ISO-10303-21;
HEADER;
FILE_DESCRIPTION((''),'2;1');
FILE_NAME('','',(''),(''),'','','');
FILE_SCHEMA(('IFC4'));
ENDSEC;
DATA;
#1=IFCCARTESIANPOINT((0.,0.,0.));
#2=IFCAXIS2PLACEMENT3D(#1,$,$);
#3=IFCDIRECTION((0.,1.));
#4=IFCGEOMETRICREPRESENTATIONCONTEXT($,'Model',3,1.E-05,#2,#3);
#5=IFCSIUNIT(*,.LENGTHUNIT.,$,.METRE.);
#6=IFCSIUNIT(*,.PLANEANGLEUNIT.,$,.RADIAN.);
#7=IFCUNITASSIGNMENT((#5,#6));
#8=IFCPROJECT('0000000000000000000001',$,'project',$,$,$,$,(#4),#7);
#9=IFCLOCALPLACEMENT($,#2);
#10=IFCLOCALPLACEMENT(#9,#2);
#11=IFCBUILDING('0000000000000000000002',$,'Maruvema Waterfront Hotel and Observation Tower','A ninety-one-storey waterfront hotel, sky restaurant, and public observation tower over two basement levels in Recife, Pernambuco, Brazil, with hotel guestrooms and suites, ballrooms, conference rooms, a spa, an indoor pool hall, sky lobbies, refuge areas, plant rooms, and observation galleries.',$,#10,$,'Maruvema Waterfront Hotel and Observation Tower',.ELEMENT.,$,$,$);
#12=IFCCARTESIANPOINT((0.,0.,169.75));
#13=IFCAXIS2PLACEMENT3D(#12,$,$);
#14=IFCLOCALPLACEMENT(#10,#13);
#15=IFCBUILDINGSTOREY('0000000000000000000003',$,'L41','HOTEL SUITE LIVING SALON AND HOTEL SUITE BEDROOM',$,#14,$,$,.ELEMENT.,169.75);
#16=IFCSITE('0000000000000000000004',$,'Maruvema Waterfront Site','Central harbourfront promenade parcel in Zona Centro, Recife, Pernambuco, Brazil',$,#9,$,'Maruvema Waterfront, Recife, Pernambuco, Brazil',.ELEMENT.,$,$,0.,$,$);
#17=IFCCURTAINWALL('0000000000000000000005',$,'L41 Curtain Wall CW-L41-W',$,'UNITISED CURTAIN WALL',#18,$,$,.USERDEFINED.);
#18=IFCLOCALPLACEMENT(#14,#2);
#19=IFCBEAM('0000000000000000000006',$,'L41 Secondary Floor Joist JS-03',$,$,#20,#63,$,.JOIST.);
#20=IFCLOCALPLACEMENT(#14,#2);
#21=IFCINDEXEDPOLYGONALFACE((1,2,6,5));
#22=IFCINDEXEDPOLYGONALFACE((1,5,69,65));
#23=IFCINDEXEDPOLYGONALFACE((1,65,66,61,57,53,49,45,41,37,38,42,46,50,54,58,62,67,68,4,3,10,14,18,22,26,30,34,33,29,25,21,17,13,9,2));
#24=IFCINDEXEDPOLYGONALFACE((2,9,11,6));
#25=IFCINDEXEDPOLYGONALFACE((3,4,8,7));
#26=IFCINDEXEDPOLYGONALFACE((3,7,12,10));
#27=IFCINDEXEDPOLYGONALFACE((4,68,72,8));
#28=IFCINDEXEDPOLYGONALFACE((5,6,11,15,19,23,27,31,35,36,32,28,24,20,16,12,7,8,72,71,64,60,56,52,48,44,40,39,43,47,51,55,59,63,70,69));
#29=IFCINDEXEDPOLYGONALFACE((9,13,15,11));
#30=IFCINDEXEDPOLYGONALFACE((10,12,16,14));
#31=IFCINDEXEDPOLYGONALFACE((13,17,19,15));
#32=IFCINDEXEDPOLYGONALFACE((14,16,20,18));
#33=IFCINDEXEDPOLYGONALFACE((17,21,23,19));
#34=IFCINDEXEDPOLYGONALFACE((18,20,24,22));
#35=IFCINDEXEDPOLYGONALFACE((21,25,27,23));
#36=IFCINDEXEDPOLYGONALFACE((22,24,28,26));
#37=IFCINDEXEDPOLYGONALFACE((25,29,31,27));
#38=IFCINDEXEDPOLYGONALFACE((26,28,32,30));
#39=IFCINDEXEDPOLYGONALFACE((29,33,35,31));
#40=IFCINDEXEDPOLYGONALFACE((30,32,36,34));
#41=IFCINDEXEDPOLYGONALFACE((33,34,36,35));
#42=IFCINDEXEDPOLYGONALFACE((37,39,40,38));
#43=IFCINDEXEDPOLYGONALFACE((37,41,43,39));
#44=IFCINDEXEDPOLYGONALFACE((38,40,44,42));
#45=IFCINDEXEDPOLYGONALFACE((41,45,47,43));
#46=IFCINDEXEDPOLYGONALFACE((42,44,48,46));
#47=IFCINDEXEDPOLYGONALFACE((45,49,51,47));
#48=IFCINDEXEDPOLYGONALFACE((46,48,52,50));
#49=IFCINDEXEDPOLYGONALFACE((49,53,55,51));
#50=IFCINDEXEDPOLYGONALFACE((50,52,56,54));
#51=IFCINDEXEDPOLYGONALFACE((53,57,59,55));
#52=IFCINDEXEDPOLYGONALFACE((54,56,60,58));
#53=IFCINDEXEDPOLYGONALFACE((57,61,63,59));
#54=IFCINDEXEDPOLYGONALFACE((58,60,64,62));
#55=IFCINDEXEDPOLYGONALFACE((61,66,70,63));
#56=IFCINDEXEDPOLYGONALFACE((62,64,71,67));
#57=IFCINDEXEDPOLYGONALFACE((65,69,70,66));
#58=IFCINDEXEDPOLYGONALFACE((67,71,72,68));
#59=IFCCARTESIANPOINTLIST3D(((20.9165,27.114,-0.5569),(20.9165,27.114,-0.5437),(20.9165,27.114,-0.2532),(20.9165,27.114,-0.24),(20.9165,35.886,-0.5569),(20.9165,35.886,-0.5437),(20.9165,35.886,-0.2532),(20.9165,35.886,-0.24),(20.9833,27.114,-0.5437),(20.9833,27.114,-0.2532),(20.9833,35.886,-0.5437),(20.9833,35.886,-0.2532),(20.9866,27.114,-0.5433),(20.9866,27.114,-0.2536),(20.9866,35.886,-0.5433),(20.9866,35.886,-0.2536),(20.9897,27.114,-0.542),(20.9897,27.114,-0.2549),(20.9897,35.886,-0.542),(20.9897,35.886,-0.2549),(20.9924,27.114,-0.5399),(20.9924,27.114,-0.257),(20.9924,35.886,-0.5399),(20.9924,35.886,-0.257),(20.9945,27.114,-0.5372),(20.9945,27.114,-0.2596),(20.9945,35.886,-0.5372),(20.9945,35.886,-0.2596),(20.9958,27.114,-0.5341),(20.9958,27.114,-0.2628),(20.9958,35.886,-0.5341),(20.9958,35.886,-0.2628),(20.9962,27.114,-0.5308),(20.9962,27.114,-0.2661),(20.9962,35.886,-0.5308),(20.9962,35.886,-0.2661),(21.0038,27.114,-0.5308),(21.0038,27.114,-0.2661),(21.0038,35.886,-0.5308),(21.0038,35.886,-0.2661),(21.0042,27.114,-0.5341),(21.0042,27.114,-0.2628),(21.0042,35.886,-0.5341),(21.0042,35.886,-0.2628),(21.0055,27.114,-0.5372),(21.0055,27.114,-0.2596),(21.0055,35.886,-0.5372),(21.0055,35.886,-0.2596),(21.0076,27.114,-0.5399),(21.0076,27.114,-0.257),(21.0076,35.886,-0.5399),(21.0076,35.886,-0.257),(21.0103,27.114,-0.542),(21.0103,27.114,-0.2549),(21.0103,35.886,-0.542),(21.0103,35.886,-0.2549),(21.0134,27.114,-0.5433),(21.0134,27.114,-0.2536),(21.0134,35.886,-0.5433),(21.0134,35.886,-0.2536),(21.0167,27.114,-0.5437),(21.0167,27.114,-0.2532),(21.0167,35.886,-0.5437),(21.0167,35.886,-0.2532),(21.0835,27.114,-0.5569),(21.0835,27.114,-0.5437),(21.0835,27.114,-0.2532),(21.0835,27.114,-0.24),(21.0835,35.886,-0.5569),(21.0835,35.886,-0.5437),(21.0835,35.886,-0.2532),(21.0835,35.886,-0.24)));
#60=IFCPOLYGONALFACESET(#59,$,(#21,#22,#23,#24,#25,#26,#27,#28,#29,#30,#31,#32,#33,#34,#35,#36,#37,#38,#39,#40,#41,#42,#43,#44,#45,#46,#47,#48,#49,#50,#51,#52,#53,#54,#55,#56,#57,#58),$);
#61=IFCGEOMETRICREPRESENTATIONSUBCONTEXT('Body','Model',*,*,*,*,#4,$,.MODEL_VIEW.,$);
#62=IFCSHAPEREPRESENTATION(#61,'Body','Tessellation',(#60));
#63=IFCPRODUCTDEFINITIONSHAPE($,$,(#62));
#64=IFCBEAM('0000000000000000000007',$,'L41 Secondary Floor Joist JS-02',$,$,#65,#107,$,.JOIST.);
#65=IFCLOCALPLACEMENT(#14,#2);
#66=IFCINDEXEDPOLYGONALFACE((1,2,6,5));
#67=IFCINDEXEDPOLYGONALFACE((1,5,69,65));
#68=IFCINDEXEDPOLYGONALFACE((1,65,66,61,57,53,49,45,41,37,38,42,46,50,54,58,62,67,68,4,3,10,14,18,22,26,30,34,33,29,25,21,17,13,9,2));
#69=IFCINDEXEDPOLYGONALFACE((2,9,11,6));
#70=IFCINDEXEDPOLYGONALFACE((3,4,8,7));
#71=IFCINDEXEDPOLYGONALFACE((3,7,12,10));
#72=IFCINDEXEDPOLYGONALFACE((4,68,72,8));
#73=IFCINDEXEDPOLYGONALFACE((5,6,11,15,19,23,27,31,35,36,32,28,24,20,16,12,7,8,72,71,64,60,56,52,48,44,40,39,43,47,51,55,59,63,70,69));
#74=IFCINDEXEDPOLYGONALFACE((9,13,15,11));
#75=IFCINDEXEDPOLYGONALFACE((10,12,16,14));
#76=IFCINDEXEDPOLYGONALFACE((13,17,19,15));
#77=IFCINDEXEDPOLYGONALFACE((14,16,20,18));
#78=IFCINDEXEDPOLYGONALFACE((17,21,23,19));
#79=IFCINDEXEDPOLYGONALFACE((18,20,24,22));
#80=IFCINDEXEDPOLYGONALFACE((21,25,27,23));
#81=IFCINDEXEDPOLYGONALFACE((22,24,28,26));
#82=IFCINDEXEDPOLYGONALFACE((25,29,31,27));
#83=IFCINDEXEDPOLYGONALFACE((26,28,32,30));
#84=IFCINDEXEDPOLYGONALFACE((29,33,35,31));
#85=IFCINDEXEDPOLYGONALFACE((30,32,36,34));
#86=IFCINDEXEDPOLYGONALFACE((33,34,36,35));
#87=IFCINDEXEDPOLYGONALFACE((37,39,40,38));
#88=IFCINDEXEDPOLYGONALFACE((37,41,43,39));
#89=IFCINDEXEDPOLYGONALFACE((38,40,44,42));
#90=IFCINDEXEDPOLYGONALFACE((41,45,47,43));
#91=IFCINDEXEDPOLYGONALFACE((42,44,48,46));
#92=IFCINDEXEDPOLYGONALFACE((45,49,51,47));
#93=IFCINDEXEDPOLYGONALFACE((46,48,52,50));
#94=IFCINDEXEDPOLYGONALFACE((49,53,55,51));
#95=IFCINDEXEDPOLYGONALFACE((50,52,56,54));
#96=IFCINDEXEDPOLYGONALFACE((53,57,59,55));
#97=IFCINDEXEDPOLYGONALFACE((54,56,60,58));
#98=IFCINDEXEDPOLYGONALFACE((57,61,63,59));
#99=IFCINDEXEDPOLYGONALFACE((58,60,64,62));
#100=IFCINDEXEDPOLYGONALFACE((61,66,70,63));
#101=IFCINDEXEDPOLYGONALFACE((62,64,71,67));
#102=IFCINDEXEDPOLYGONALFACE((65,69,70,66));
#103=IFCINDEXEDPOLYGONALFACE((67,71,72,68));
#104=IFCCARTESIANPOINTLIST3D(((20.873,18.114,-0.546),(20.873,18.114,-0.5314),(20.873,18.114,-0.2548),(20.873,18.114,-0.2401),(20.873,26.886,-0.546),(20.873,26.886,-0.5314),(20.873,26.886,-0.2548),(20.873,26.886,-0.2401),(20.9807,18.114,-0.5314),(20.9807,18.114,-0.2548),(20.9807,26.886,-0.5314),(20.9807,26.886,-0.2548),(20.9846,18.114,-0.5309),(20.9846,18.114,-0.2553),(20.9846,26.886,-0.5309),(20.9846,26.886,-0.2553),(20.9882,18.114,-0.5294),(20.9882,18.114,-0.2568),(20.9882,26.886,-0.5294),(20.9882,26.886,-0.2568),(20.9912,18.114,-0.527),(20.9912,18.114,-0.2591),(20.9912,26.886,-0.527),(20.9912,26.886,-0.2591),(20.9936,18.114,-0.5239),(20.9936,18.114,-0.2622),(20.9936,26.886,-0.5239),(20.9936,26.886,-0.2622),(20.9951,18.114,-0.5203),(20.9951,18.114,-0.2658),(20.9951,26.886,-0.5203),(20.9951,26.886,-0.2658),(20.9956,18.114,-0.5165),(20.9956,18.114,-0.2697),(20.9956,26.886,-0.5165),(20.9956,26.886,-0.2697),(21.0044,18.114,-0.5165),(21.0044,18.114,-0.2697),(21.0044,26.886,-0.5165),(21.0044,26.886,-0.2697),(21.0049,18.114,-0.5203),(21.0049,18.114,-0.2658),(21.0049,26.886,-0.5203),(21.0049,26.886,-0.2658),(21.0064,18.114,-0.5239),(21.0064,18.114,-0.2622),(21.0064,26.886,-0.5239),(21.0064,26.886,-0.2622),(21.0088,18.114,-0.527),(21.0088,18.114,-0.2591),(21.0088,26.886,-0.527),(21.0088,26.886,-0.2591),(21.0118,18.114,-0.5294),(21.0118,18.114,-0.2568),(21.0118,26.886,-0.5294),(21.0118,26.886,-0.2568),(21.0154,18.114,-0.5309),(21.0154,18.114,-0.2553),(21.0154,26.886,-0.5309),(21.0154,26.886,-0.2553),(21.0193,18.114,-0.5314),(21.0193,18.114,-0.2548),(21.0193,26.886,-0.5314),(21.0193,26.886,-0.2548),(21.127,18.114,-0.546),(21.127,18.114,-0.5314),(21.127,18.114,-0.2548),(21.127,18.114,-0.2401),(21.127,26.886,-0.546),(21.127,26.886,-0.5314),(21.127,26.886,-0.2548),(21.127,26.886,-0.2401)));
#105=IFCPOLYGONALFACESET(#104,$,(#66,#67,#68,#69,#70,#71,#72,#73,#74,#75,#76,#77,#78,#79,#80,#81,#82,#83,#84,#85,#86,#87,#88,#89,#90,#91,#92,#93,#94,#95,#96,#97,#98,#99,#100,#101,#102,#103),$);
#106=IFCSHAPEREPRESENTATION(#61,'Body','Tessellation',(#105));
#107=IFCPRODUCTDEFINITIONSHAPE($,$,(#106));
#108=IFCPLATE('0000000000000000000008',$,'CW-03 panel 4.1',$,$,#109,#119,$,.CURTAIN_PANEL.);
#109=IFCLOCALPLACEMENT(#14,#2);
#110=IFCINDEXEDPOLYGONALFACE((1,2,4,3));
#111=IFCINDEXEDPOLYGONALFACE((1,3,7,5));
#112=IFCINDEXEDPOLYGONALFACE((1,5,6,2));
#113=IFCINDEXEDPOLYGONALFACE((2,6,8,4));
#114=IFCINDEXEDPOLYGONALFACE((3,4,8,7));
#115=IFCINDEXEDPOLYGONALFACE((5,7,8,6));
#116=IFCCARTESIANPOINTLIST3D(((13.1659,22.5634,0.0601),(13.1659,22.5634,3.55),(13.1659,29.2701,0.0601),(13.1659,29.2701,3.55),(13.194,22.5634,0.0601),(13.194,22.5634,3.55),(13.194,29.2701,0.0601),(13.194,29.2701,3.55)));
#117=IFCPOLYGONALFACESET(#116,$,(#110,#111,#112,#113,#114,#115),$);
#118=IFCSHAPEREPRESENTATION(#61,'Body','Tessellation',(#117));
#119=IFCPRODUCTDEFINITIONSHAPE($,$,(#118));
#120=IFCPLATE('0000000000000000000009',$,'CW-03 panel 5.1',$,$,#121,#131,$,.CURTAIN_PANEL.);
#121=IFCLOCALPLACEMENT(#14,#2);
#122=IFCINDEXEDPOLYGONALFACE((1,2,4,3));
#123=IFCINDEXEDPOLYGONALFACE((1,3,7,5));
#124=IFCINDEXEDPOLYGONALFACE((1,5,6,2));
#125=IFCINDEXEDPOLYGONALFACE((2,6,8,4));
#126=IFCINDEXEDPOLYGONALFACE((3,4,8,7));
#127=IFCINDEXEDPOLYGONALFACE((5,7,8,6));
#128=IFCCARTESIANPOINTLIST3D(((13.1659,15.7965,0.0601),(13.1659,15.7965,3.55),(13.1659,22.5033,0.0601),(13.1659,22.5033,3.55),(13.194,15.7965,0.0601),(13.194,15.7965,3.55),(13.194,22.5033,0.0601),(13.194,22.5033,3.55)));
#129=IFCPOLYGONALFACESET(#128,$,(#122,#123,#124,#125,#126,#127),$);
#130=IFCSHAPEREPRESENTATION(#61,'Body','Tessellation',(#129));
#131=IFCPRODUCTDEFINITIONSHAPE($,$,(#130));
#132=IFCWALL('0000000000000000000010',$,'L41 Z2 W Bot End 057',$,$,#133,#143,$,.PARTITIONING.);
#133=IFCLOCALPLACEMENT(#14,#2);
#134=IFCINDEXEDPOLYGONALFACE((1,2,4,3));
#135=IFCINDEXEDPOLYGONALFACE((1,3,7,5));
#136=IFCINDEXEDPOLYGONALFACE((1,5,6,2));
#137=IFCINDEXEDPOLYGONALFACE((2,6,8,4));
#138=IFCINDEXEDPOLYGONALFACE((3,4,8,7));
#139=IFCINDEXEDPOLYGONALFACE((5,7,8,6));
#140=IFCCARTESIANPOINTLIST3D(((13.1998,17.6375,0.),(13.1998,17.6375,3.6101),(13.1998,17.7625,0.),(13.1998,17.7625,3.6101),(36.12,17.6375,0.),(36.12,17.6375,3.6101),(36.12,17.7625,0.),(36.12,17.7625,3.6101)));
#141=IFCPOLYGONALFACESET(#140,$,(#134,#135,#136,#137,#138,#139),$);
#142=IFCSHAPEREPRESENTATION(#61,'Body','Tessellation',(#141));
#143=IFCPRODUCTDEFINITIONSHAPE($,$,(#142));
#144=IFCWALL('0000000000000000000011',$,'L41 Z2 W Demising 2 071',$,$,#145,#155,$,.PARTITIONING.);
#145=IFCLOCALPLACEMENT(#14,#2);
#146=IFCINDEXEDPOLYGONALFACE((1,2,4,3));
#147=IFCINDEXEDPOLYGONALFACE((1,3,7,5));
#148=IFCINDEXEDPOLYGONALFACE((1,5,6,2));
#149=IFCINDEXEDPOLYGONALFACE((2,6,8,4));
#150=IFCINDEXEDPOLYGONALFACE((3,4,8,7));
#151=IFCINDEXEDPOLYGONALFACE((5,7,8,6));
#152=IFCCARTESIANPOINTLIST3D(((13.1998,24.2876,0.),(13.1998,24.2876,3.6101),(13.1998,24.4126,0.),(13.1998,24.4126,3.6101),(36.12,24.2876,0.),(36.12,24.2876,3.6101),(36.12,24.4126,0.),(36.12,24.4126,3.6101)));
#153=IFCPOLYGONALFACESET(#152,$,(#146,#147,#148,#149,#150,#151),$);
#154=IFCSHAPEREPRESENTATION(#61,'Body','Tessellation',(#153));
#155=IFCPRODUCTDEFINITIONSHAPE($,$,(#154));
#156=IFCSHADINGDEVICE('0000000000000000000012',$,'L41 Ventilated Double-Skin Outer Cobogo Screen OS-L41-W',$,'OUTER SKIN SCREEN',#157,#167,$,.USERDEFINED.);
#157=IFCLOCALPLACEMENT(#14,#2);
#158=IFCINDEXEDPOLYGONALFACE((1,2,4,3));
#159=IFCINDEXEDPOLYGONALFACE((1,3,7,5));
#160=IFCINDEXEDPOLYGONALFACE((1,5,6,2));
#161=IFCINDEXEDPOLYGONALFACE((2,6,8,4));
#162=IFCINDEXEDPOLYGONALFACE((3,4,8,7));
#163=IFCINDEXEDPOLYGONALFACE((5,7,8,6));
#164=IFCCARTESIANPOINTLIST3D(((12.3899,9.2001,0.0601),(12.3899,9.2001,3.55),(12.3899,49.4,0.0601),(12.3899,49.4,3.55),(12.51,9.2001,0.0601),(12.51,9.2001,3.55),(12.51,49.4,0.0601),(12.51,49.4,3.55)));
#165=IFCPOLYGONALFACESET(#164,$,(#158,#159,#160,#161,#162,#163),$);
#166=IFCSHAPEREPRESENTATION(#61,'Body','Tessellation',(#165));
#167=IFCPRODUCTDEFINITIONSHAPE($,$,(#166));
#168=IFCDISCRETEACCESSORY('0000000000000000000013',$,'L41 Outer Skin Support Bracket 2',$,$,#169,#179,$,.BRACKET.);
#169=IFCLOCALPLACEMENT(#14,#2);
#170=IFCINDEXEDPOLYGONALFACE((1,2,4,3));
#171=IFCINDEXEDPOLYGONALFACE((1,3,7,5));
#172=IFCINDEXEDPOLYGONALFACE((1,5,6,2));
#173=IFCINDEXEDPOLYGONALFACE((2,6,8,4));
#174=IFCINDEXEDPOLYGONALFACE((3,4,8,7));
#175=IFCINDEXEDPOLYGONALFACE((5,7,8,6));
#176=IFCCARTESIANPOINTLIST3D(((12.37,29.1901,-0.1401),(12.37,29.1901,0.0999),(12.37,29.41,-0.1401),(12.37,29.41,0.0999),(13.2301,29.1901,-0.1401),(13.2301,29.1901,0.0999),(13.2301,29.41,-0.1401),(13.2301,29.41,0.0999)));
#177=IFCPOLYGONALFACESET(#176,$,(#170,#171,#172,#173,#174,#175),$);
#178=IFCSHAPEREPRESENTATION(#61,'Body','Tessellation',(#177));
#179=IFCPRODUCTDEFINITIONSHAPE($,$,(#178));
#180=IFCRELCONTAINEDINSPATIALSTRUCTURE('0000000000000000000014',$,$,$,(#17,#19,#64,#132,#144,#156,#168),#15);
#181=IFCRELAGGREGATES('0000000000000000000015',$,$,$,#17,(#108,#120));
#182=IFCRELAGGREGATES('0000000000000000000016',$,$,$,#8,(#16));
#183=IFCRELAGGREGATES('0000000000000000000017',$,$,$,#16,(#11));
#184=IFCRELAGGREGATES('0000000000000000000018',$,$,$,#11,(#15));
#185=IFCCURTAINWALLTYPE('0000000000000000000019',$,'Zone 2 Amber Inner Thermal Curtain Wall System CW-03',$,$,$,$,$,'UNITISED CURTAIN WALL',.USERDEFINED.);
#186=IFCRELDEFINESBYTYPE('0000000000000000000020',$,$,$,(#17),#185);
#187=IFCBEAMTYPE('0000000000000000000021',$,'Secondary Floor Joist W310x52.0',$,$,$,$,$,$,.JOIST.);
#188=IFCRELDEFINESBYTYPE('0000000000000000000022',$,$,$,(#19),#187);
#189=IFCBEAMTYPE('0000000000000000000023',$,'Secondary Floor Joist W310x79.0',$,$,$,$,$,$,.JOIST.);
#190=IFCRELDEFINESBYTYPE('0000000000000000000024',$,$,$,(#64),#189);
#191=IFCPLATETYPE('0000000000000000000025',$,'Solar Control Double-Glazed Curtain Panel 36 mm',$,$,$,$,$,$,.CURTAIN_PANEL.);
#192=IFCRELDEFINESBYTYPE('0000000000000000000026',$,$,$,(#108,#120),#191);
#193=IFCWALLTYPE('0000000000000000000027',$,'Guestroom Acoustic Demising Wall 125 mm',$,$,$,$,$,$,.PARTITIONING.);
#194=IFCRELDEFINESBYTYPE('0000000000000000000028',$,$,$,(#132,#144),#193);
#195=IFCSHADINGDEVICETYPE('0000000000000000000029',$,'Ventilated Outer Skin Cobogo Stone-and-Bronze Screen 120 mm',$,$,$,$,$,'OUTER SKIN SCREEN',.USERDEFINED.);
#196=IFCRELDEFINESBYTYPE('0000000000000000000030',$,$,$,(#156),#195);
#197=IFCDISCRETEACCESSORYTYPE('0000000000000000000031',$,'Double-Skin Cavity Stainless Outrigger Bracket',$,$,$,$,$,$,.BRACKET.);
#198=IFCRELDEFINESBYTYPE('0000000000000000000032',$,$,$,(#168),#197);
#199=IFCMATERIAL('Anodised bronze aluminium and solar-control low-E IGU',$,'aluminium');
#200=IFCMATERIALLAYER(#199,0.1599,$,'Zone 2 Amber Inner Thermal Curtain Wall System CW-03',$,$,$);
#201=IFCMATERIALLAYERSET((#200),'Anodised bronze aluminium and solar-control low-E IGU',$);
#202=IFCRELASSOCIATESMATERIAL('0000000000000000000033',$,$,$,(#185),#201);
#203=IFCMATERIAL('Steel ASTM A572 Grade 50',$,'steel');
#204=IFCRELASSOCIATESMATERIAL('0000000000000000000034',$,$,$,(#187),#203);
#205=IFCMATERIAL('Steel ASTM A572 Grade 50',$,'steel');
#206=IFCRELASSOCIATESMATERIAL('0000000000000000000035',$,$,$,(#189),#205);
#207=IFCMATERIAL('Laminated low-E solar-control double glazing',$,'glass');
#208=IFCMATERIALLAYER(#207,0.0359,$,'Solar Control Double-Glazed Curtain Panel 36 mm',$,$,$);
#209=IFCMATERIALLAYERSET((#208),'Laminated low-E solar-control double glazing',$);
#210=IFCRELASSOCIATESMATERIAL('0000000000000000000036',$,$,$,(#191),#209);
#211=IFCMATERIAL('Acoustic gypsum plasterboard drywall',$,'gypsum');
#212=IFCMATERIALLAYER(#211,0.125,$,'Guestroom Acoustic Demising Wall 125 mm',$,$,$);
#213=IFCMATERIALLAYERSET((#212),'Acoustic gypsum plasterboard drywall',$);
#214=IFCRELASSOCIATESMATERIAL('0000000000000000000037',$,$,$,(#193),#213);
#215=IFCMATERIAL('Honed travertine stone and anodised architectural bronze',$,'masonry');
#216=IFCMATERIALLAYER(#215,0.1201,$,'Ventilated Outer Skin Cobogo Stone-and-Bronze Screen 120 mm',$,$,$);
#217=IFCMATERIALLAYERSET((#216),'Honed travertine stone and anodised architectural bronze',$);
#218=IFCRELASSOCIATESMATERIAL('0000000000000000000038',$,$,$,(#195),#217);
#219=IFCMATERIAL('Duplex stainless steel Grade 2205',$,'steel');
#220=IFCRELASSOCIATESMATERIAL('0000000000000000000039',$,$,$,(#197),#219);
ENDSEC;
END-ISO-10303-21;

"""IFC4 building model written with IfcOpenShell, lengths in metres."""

from ifc_helpers import new_model, si_unit, direction, frame, frame_2d, origin, origin_2d, place, context, subcontext, project, spatial, rectangle, i_section, extrude, material, layer, layer_set, material_profile, profile_set, type_object, element, aggregate, save


model = new_model("IFC4")

# Units and contexts
model_context = context("Model", 3, precision=1e-05, world=origin(), true_north=direction((0.0, 1.0)))
body_context = subcontext(model_context, "Body", "Model", "MODEL_VIEW")
ifc_project = project(units=[si_unit("LENGTHUNIT", "METRE"), si_unit("PLANEANGLEUNIT", "RADIAN")], contexts=[model_context])

# Site, building, storey
site_placement = place(None, origin())
site = spatial("IfcSite", under=ifc_project, at=site_placement, Name="Maruvema Waterfront Site", Description="Central harbourfront promenade parcel in Zona Centro, Recife, Pernambuco, Brazil", LongName="Maruvema Waterfront, Recife, Pernambuco, Brazil", CompositionType="ELEMENT", RefElevation=0.0)
building_placement = place(site_placement, origin())
building = spatial("IfcBuilding", under=site, at=building_placement, Name="Maruvema Waterfront Hotel and Observation Tower", Description="A ninety-one-storey waterfront hotel, sky restaurant, and public observation tower over two basement levels in Recife, Pernambuco, Brazil, with hotel guestrooms and suites, ballrooms, conference rooms, a spa, an indoor pool hall, sky lobbies, refuge areas, plant rooms, and observation galleries.", LongName="Maruvema Waterfront Hotel and Observation Tower", CompositionType="ELEMENT")
storey_placement = place(building_placement, frame((0.0, 0.0, 169.75)))
storey = spatial("IfcBuildingStorey", under=building, at=storey_placement, Name="L41", Description="HOTEL SUITE LIVING SALON AND HOTEL SUITE BEDROOM", CompositionType="ELEMENT", Elevation=169.75)

# Curtain wall
ifc_material_1 = material(Name="Anodised bronze aluminium and solar-control low-E IGU", Category="aluminium")
ifc_layer_1 = layer(ifc_material_1, 0.1599, Name="Zone 2 Amber Inner Thermal Curtain Wall System CW-03")
ifc_layer_set_1 = layer_set([ifc_layer_1], Name="Anodised bronze aluminium and solar-control low-E IGU")
curtain_wall_type = type_object("IfcCurtainWallType", Name="Zone 2 Amber Inner Thermal Curtain Wall System CW-03", ElementType="UNITISED CURTAIN WALL", PredefinedType="USERDEFINED", material=ifc_layer_set_1)
curtain_wall_placement = place(storey_placement, origin())
curtain_wall = element("IfcCurtainWall", 1, at=curtain_wall_placement, inside=storey, type_object=curtain_wall_type, Name="L41 Curtain Wall CW-L41-W", ObjectType="UNITISED CURTAIN WALL", PredefinedType="USERDEFINED")

# Beams
ifc_material_2 = material(Name="Steel ASTM A572 Grade 50", Category="steel")
ifc_material_profile_1 = material_profile(ifc_material_2, i_section(OverallWidth=0.167, OverallDepth=0.3169, WebThickness=0.0076, FlangeThickness=0.0132, FilletRadius=0.0129, at=origin_2d()), Name="W310x52.0")
ifc_profile_set_1 = profile_set([ifc_material_profile_1], Name="Steel ASTM A572 Grade 50")
beam_type_1 = type_object("IfcBeamType", Name="Secondary Floor Joist W310x52.0", PredefinedType="JOIST", material=ifc_profile_set_1)
beam_1_placement = place(storey_placement, frame((21.0, 27.114, -0.3984), z_axis=(0.0, 1.0, 0.0), x_axis=(-1.0, 0.0, 0.0)))
element("IfcBeam", 2, at=beam_1_placement, inside=storey, type_object=beam_type_1, Name="L41 Secondary Floor Joist JS-03", PredefinedType="JOIST", context=body_context, shape_type="SweptSolid", body=[
    extrude(i_section(OverallWidth=0.167, OverallDepth=0.3169, WebThickness=0.0076, FlangeThickness=0.0132, FilletRadius=0.0129, at=origin_2d()), origin(), (0.0, 0.0, 1.0), 8.772),
])
ifc_material_3 = material(Name="Steel ASTM A572 Grade 50", Category="steel")
ifc_material_profile_2 = material_profile(ifc_material_3, i_section(OverallWidth=0.2539, OverallDepth=0.3059, WebThickness=0.0088, FlangeThickness=0.0146, FilletRadius=0.0149, at=origin_2d()), Name="W310x79.0")
ifc_profile_set_2 = profile_set([ifc_material_profile_2], Name="Steel ASTM A572 Grade 50")
beam_type_2 = type_object("IfcBeamType", Name="Secondary Floor Joist W310x79.0", PredefinedType="JOIST", material=ifc_profile_set_2)
beam_2_placement = place(storey_placement, frame((21.0, 18.114, -0.3931), z_axis=(0.0, 1.0, 0.0), x_axis=(-1.0, 0.0, 0.0)))
element("IfcBeam", 3, at=beam_2_placement, inside=storey, type_object=beam_type_2, Name="L41 Secondary Floor Joist JS-02", PredefinedType="JOIST", context=body_context, shape_type="SweptSolid", body=[
    extrude(i_section(OverallWidth=0.2539, OverallDepth=0.3059, WebThickness=0.0088, FlangeThickness=0.0146, FilletRadius=0.0149, at=origin_2d()), origin(), (0.0, 0.0, 1.0), 8.772),
])

# Plates
ifc_material_4 = material(Name="Laminated low-E solar-control double glazing", Category="glass")
ifc_layer_2 = layer(ifc_material_4, 0.0359, Name="Solar Control Double-Glazed Curtain Panel 36 mm")
ifc_layer_set_2 = layer_set([ifc_layer_2], Name="Laminated low-E solar-control double glazing")
plate_type = type_object("IfcPlateType", Name="Solar Control Double-Glazed Curtain Panel 36 mm", PredefinedType="CURTAIN_PANEL", material=ifc_layer_set_2)
plate_1_placement = place(storey_placement, frame((13.1799, 25.9167, 0.0601), z_axis=(0.0, 0.0, 1.0), x_axis=(0.0, -1.0, 0.0)))
plate_1 = element("IfcPlate", 4, at=plate_1_placement, type_object=plate_type, Name="CW-03 panel 4.1", PredefinedType="CURTAIN_PANEL", context=body_context, shape_type="SweptSolid", body=[
    extrude(rectangle(XDim=6.7068, YDim=0.0281, at=origin_2d()), origin(), (0.0, 0.0, 1.0), 3.49),
])
plate_2_placement = place(storey_placement, frame((13.1799, 19.1499, 0.0601), z_axis=(0.0, 0.0, 1.0), x_axis=(0.0, -1.0, 0.0)))
plate_2 = element("IfcPlate", 5, at=plate_2_placement, type_object=plate_type, Name="CW-03 panel 5.1", PredefinedType="CURTAIN_PANEL", context=body_context, shape_type="SweptSolid", body=[
    extrude(rectangle(XDim=6.7068, YDim=0.0281, at=origin_2d()), origin(), (0.0, 0.0, 1.0), 3.49),
])
aggregate(curtain_wall, [plate_1, plate_2])

# Walls
ifc_material_5 = material(Name="Acoustic gypsum plasterboard drywall", Category="gypsum")
ifc_layer_3 = layer(ifc_material_5, 0.125, Name="Guestroom Acoustic Demising Wall 125 mm")
ifc_layer_set_3 = layer_set([ifc_layer_3], Name="Acoustic gypsum plasterboard drywall")
wall_type = type_object("IfcWallType", Name="Guestroom Acoustic Demising Wall 125 mm", PredefinedType="PARTITIONING", material=ifc_layer_set_3)
for number, where, z_axis, x_axis, name in (
    (6, (13.2, 17.7, 0.0), (0.0, 0.0, 1.0), (1.0, 0.0, 0.0), "L41 Z2 W Bot End 057"),
    (7, (13.2, 24.3501, 0.0), (0.0, 0.0, 1.0), (1.0, 0.0, 0.0), "L41 Z2 W Demising 2 071"),
):
    element("IfcWall", number, at=place(storey_placement, frame(where, z_axis=z_axis, x_axis=x_axis)), inside=storey, type_object=wall_type, Name=name, PredefinedType="PARTITIONING", context=body_context, shape_type="SweptSolid", body=[
        extrude(rectangle(XDim=22.9202, YDim=0.125, at=frame_2d((11.46, 0.0))), origin(), (0.0, 0.0, 1.0), 3.6101),
    ])

# Shading device
ifc_material_6 = material(Name="Honed travertine stone and anodised architectural bronze", Category="masonry")
ifc_layer_4 = layer(ifc_material_6, 0.1201, Name="Ventilated Outer Skin Cobogo Stone-and-Bronze Screen 120 mm")
ifc_layer_set_4 = layer_set([ifc_layer_4], Name="Honed travertine stone and anodised architectural bronze")
shading_device_type = type_object("IfcShadingDeviceType", Name="Ventilated Outer Skin Cobogo Stone-and-Bronze Screen 120 mm", ElementType="OUTER SKIN SCREEN", PredefinedType="USERDEFINED", material=ifc_layer_set_4)
shading_device_placement = place(storey_placement, frame((12.45, 29.3, 0.0601), z_axis=(0.0, 0.0, 1.0), x_axis=(0.0, -1.0, 0.0)))
element("IfcShadingDevice", 8, at=shading_device_placement, inside=storey, type_object=shading_device_type, Name="L41 Ventilated Double-Skin Outer Cobogo Screen OS-L41-W", ObjectType="OUTER SKIN SCREEN", PredefinedType="USERDEFINED", context=body_context, shape_type="SweptSolid", body=[
    extrude(rectangle(XDim=40.2, YDim=0.1201, at=origin_2d()), origin(), (0.0, 0.0, 1.0), 3.49),
])

# Discrete accessory
ifc_material_7 = material(Name="Duplex stainless steel Grade 2205", Category="steel")
discrete_accessory_type = type_object("IfcDiscreteAccessoryType", Name="Double-Skin Cavity Stainless Outrigger Bracket", PredefinedType="BRACKET", material=ifc_material_7)
discrete_accessory_placement = place(storey_placement, frame((12.8, 29.3, -0.1401), z_axis=(0.0, 0.0, 1.0), x_axis=(0.0, -1.0, 0.0)))
element("IfcDiscreteAccessory", 9, at=discrete_accessory_placement, inside=storey, type_object=discrete_accessory_type, Name="L41 Outer Skin Support Bracket 2", PredefinedType="BRACKET", context=body_context, shape_type="SweptSolid", body=[
    extrude(rectangle(XDim=0.22, YDim=0.8601, at=origin_2d()), origin(), (0.0, 0.0, 1.0), 0.24),
])

save(model, "model.ifc")
